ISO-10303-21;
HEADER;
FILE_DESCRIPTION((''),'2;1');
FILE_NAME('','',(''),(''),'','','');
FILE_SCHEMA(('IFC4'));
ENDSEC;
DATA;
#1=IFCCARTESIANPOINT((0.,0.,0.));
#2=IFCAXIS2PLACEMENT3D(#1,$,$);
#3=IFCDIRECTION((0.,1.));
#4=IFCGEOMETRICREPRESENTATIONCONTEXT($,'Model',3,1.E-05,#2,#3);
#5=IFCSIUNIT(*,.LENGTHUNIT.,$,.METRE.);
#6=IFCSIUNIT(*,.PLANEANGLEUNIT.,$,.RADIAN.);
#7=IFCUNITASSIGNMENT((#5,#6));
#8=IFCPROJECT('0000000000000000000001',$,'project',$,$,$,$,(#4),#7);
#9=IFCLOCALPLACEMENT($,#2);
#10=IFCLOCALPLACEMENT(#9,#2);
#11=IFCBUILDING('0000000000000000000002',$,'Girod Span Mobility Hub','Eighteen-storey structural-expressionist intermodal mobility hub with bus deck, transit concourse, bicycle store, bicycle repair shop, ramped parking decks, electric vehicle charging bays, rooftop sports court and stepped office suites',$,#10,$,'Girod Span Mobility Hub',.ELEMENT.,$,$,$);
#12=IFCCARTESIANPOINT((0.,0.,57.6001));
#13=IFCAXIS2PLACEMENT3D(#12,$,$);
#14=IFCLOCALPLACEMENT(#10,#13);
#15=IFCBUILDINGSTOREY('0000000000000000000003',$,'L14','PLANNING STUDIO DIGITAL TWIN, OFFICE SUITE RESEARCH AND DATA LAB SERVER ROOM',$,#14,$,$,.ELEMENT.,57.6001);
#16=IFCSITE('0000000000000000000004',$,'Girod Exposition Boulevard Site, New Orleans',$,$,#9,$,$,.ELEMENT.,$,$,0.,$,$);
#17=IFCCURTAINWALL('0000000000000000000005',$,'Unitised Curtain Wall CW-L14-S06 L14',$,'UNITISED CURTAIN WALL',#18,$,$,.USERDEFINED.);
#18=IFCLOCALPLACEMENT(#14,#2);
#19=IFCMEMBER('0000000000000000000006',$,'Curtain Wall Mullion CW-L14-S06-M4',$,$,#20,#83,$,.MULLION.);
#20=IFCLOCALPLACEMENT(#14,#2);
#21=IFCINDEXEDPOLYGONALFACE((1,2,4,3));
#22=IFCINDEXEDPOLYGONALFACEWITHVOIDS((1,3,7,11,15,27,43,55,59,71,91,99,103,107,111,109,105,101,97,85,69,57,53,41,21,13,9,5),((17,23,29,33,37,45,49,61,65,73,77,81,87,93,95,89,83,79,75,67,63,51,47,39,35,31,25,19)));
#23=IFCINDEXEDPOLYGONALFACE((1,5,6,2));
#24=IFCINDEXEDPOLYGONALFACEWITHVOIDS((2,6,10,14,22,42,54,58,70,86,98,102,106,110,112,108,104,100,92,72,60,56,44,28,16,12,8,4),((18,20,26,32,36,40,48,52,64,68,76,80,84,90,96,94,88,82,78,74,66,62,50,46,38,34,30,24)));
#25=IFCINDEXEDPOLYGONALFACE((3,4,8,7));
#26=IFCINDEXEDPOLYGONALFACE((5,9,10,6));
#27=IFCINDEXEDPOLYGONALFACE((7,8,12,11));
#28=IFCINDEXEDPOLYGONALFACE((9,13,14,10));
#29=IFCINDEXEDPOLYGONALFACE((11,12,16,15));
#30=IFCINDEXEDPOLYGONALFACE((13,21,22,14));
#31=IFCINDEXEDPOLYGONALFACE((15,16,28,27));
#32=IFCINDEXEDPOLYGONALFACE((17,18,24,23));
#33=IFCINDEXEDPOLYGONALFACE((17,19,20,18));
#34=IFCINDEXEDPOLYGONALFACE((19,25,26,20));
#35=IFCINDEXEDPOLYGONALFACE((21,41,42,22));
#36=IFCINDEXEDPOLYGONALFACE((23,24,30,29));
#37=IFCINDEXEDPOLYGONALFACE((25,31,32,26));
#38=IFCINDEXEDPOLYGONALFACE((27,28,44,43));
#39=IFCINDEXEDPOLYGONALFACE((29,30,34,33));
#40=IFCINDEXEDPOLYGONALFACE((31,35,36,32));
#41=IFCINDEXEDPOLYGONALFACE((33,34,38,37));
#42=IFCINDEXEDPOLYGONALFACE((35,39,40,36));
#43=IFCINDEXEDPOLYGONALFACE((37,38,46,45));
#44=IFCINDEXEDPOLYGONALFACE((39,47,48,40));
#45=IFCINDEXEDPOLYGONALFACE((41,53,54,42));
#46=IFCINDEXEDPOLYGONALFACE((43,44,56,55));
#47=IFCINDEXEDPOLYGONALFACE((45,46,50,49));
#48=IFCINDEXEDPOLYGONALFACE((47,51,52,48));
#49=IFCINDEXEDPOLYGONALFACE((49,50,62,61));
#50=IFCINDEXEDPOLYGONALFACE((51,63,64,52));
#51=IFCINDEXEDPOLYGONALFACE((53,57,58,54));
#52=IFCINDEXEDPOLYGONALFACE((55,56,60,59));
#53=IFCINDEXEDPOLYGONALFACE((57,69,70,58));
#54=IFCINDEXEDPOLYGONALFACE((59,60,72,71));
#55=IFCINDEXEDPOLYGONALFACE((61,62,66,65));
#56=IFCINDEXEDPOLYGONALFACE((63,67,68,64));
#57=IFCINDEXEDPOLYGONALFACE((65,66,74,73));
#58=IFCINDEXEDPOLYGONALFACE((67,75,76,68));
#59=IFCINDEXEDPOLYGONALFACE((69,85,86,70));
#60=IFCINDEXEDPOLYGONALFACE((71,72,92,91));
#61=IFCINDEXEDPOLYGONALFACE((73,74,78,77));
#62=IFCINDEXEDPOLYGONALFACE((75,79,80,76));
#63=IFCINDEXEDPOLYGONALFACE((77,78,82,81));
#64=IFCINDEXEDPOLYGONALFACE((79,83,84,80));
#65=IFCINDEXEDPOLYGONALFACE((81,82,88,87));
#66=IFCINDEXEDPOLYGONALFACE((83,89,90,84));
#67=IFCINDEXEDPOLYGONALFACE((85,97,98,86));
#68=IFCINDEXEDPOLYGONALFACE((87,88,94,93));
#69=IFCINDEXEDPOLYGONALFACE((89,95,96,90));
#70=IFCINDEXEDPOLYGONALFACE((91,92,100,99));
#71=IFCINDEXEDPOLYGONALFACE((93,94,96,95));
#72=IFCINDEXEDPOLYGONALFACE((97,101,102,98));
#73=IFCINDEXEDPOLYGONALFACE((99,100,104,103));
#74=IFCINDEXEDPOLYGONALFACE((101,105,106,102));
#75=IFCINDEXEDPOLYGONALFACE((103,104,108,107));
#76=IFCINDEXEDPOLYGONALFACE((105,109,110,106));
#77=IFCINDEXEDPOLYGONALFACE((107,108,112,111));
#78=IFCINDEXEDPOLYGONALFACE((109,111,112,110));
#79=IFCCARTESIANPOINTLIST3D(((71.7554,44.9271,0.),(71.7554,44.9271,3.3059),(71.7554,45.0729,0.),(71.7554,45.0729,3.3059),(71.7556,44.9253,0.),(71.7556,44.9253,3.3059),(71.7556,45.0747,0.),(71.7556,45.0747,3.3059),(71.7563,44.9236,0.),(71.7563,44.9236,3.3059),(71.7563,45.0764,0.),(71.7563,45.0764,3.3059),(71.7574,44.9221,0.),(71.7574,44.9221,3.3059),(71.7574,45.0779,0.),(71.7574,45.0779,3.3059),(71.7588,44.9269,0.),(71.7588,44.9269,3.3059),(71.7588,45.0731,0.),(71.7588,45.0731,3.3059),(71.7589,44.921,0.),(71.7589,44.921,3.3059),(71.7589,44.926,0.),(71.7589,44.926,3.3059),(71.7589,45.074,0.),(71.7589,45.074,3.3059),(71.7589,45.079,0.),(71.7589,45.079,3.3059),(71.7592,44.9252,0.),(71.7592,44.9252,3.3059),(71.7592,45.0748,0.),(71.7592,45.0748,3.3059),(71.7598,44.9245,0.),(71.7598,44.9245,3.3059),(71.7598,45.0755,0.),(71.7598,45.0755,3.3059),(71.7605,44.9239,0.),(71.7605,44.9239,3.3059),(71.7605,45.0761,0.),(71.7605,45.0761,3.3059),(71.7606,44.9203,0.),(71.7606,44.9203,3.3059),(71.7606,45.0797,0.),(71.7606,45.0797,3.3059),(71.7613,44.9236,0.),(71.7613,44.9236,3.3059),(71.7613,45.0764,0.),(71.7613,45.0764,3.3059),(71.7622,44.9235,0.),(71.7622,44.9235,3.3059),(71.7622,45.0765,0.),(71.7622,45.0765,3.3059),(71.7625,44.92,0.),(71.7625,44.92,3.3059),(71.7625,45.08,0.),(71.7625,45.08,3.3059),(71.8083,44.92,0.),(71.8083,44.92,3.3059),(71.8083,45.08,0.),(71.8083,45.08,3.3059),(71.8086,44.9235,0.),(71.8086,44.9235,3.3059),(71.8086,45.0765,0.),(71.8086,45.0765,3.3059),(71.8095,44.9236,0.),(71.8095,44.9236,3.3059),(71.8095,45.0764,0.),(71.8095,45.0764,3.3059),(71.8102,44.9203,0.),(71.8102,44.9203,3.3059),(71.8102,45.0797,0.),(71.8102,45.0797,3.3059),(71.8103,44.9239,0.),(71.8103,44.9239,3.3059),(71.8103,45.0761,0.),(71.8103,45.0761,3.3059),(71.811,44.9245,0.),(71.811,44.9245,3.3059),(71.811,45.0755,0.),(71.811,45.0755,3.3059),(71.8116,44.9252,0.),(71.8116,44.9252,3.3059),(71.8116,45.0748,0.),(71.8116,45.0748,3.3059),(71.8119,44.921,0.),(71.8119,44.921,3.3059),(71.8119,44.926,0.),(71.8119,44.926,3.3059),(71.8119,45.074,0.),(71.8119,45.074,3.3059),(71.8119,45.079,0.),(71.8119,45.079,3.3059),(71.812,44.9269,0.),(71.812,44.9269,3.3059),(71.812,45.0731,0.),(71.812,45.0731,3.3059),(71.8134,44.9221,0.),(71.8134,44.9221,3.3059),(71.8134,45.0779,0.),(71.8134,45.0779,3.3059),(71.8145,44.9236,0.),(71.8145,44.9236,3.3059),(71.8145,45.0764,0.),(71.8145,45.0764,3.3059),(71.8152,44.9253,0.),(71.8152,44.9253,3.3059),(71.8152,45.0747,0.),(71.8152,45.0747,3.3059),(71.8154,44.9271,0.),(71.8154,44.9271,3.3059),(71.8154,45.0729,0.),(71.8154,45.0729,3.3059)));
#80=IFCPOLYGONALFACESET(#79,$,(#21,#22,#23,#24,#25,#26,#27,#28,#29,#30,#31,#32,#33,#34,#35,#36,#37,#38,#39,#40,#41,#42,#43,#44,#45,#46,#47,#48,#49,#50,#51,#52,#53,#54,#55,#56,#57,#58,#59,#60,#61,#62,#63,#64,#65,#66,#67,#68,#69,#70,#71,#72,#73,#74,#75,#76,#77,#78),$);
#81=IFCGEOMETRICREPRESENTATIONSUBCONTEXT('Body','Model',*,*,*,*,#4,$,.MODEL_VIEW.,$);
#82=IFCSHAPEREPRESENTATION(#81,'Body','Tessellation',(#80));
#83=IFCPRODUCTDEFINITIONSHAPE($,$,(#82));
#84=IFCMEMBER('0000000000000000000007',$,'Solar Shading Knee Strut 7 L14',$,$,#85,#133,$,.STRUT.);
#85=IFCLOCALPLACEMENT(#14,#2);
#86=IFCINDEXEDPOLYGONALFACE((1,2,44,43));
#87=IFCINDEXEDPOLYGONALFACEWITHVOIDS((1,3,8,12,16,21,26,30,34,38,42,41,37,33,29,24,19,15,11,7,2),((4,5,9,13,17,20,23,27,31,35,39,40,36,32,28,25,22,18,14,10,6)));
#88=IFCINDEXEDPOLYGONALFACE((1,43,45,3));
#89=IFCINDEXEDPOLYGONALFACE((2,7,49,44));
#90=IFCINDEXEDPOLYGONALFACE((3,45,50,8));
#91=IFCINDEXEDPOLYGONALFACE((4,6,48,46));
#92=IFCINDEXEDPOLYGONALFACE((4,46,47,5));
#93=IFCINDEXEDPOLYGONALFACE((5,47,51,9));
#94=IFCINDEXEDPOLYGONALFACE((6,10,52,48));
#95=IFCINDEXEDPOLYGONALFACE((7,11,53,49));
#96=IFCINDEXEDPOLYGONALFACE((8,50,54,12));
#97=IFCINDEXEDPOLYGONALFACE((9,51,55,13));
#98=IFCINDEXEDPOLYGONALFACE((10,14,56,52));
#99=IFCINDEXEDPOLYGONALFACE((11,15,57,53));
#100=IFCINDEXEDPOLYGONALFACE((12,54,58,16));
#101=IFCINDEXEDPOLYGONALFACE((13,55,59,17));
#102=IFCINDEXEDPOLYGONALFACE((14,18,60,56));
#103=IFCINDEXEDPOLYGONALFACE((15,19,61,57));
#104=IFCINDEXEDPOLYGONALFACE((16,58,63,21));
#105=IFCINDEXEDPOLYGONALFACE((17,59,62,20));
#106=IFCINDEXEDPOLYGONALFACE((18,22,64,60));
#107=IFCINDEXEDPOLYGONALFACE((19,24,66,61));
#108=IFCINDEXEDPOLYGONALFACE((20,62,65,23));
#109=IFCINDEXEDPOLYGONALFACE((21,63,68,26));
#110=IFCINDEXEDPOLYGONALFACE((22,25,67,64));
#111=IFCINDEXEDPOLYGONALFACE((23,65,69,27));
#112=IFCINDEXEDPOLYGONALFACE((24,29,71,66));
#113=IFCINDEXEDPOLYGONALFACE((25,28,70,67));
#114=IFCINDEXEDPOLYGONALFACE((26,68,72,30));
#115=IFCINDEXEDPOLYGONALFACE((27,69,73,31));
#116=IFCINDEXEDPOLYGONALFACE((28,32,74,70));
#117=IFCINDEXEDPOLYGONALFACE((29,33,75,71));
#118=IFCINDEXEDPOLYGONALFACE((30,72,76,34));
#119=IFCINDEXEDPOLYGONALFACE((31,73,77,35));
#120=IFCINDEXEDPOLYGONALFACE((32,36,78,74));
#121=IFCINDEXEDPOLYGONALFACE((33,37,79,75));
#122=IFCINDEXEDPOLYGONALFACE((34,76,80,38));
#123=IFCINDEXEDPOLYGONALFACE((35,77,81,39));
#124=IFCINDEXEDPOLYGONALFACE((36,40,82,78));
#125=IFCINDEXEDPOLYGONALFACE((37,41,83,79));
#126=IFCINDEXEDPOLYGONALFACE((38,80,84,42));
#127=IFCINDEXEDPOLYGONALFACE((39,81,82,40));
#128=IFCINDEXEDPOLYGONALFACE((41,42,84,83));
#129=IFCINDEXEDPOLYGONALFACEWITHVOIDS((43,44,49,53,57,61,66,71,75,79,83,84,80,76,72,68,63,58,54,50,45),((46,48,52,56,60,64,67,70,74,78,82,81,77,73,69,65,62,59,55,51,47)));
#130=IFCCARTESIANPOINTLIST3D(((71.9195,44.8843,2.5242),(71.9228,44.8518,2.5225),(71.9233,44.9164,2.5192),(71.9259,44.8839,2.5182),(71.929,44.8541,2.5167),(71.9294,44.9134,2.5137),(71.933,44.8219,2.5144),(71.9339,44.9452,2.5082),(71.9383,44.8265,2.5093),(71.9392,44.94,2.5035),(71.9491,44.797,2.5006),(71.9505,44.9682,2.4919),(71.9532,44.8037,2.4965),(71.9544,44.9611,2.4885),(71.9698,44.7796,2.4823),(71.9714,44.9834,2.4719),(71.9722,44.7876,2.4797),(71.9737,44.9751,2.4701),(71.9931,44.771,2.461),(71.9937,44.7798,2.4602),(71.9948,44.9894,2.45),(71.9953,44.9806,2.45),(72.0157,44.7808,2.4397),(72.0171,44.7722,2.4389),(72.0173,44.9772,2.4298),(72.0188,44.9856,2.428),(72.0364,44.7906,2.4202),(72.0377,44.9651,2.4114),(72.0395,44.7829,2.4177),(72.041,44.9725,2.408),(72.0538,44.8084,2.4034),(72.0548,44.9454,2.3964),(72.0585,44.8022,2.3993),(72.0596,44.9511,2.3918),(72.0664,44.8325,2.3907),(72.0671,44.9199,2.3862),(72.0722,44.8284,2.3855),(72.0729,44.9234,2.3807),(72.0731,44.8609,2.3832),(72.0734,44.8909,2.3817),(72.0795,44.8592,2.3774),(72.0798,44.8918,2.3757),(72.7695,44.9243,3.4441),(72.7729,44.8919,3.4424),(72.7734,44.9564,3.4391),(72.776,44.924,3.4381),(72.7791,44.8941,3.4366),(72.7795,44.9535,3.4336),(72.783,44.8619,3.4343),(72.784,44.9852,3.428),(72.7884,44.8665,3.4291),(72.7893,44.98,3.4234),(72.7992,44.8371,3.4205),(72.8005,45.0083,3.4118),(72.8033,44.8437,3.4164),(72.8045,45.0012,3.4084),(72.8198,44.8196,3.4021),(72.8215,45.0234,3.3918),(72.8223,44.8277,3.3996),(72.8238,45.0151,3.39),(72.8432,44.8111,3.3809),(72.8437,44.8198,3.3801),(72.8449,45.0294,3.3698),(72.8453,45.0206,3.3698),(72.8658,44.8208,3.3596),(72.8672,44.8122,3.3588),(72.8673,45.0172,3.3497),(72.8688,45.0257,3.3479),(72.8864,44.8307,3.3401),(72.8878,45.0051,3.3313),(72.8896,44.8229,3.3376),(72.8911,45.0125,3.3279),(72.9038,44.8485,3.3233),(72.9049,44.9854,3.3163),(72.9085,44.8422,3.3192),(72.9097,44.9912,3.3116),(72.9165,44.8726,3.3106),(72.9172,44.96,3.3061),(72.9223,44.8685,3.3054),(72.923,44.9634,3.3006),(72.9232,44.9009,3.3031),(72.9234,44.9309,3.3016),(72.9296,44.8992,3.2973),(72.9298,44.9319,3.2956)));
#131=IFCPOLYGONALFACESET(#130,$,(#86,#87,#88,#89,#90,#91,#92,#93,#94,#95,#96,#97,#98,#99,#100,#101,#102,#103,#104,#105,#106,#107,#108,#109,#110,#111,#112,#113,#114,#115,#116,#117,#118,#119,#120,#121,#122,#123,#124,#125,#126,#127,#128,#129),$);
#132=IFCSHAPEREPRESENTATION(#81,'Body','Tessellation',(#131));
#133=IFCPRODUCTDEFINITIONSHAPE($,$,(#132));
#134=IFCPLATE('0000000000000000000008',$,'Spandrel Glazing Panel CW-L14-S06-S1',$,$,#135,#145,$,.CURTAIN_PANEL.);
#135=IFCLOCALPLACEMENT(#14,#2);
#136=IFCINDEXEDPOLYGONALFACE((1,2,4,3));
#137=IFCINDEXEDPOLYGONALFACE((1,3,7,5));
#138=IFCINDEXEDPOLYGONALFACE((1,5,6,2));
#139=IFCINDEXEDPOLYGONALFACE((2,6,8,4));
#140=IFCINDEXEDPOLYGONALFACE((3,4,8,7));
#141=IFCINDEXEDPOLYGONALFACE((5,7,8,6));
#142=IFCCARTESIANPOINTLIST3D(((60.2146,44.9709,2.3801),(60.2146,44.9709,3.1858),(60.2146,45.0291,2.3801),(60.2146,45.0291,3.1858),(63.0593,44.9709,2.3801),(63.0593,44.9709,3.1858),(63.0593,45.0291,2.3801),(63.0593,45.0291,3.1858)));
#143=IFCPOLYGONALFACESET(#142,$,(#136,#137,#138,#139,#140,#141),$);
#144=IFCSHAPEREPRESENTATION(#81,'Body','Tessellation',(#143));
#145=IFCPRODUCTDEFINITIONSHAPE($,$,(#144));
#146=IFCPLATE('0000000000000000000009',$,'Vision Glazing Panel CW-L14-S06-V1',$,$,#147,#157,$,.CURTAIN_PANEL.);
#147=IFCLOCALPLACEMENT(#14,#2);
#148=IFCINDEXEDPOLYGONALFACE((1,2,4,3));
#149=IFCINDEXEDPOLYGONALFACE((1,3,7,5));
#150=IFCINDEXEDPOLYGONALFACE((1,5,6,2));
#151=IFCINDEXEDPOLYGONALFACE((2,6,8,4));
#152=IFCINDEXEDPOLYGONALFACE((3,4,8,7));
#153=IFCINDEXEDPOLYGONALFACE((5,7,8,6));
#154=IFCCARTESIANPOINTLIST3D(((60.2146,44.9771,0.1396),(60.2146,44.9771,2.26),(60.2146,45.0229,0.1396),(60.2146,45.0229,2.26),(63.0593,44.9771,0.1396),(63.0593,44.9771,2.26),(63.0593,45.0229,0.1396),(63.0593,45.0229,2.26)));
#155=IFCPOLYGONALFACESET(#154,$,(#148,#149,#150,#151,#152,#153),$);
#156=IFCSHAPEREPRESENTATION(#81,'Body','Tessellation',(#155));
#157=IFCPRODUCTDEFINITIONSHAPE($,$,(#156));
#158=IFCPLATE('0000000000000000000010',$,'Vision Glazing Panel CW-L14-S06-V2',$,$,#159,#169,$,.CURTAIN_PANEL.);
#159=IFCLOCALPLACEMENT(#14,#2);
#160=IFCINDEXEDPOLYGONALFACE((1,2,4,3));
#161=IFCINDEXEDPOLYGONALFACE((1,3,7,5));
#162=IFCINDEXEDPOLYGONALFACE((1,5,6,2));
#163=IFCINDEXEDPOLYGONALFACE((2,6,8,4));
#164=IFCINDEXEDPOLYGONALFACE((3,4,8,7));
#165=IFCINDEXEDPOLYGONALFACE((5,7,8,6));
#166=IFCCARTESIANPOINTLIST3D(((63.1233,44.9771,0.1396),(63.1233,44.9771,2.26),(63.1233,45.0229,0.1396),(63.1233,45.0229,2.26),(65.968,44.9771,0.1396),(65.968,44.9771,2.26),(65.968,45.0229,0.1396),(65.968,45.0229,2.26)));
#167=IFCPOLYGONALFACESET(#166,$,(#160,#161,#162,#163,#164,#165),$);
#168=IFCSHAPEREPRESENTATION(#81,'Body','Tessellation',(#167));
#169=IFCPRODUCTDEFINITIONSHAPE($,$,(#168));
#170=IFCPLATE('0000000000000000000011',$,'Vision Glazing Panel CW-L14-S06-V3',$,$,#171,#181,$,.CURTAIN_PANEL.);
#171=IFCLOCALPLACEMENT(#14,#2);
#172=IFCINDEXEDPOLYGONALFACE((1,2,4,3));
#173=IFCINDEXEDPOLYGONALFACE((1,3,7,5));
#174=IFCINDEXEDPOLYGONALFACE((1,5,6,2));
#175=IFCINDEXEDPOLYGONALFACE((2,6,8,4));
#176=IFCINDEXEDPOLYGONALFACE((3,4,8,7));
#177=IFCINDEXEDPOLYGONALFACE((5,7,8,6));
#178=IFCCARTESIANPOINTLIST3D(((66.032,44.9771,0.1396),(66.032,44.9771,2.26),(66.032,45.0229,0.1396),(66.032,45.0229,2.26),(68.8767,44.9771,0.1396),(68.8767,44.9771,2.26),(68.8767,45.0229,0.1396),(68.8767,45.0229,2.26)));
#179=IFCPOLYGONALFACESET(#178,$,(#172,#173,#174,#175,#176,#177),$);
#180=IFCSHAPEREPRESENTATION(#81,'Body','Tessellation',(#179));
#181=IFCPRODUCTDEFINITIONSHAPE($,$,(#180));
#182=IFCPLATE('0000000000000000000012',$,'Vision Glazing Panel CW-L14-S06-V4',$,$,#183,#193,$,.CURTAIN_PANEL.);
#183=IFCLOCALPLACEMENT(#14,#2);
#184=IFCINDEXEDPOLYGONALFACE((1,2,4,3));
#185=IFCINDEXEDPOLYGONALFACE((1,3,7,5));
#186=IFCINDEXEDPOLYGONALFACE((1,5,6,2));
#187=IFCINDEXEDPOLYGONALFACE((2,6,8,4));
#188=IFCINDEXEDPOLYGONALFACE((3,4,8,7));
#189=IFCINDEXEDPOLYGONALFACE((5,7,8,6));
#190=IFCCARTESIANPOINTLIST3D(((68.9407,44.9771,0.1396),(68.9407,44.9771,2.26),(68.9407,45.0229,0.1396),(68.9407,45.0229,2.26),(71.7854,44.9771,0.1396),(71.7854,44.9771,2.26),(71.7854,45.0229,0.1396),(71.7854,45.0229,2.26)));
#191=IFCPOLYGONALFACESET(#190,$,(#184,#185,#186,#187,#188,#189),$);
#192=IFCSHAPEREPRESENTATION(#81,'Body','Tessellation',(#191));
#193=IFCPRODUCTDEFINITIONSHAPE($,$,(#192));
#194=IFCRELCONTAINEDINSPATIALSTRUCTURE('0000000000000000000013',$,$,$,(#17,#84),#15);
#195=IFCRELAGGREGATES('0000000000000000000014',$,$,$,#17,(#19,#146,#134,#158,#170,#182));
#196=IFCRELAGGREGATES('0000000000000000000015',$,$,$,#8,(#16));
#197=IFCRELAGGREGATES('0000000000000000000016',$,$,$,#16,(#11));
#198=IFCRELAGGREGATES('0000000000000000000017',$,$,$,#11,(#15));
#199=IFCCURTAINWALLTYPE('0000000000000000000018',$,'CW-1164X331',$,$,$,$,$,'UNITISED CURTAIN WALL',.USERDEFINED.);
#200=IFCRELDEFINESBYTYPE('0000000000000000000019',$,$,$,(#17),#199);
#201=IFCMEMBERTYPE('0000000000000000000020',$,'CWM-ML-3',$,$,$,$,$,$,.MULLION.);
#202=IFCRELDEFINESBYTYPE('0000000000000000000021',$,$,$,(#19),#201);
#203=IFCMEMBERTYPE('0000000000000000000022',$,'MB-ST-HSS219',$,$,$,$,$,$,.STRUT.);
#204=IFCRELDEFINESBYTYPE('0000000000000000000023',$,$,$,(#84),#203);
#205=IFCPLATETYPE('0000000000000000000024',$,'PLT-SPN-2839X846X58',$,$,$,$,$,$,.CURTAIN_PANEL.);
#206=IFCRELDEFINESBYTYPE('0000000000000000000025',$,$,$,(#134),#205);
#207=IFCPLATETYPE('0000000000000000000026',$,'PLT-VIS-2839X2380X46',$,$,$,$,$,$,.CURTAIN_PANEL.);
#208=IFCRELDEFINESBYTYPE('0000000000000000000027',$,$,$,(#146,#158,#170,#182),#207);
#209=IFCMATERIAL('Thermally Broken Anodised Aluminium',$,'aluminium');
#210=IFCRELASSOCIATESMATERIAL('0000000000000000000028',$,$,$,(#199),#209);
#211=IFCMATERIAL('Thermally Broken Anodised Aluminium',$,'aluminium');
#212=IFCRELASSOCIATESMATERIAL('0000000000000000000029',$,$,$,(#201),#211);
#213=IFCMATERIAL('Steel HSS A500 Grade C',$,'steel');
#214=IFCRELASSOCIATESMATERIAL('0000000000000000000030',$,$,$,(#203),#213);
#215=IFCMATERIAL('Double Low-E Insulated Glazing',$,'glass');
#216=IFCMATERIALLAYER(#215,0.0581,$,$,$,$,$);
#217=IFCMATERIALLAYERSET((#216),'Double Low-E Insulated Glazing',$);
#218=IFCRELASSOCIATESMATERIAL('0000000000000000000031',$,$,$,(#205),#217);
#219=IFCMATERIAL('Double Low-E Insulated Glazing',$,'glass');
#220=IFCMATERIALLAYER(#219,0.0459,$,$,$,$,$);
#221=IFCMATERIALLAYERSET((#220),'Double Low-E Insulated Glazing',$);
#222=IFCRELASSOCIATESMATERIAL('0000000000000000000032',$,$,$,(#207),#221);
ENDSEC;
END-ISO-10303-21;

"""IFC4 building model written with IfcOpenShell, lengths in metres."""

from ifc_helpers import new_model, si_unit, direction, frame, origin, origin_2d, place, context, subcontext, project, spatial, rectangle, hollow_rectangle, hollow_circle, extrude, material, layer, layer_set, material_profile, profile_set, type_object, element, aggregate, save


model = new_model("IFC4")

# Units and contexts
model_context = context("Model", 3, precision=1e-05, world=origin(), true_north=direction((0.0, 1.0)))
body_context = subcontext(model_context, "Body", "Model", "MODEL_VIEW")
ifc_project = project(units=[si_unit("LENGTHUNIT", "METRE"), si_unit("PLANEANGLEUNIT", "RADIAN")], contexts=[model_context])

# Site, building, storey
site_placement = place(None, origin())
site = spatial("IfcSite", under=ifc_project, at=site_placement, Name="Girod Exposition Boulevard Site, New Orleans", CompositionType="ELEMENT", RefElevation=0.0)
building_placement = place(site_placement, origin())
building = spatial("IfcBuilding", under=site, at=building_placement, Name="Girod Span Mobility Hub", Description="Eighteen-storey structural-expressionist intermodal mobility hub with bus deck, transit concourse, bicycle store, bicycle repair shop, ramped parking decks, electric vehicle charging bays, rooftop sports court and stepped office suites", LongName="Girod Span Mobility Hub", CompositionType="ELEMENT")
storey_placement = place(building_placement, frame((0.0, 0.0, 57.6001)))
storey = spatial("IfcBuildingStorey", under=building, at=storey_placement, Name="L14", Description="PLANNING STUDIO DIGITAL TWIN, OFFICE SUITE RESEARCH AND DATA LAB SERVER ROOM", CompositionType="ELEMENT", Elevation=57.6001)

# Curtain wall, member
ifc_material_1 = material(Name="Thermally Broken Anodised Aluminium", Category="aluminium")
curtain_wall_type = type_object("IfcCurtainWallType", Name="CW-1164X331", ElementType="UNITISED CURTAIN WALL", PredefinedType="USERDEFINED", material=ifc_material_1)
curtain_wall_placement = place(storey_placement, origin())
curtain_wall = element("IfcCurtainWall", 1, at=curtain_wall_placement, inside=storey, type_object=curtain_wall_type, Name="Unitised Curtain Wall CW-L14-S06 L14", ObjectType="UNITISED CURTAIN WALL", PredefinedType="USERDEFINED")
ifc_material_2 = material(Name="Thermally Broken Anodised Aluminium", Category="aluminium")
ifc_material_profile_1 = material_profile(ifc_material_2, hollow_rectangle(XDim=0.1599, YDim=0.0601, WallThickness=0.0034, InnerFilletRadius=0.0034, OuterFilletRadius=0.0071, at=origin_2d()), Name="CW-ML-60X160")
ifc_profile_set_1 = profile_set([ifc_material_profile_1], Name="Thermally Broken Anodised Aluminium")
member_type_1 = type_object("IfcMemberType", Name="CWM-ML-3", PredefinedType="MULLION", material=ifc_profile_set_1)
member_1_placement = place(storey_placement, frame((71.7854, 45.0, 0.0), z_axis=(0.0, 0.0, 1.0), x_axis=(0.0, 1.0, 0.0)))
member_1 = element("IfcMember", 2, at=member_1_placement, type_object=member_type_1, Name="Curtain Wall Mullion CW-L14-S06-M4", PredefinedType="MULLION", context=body_context, shape_type="SweptSolid", body=[
    extrude(hollow_rectangle(XDim=0.1599, YDim=0.0601, WallThickness=0.0034, InnerFilletRadius=0.0034, OuterFilletRadius=0.0071, at=origin_2d()), origin(), (0.0, 0.0, 1.0), 3.3059),
])

# Member
ifc_material_3 = material(Name="Steel HSS A500 Grade C", Category="steel")
ifc_material_profile_2 = material_profile(ifc_material_3, hollow_circle(Radius=0.1096, WallThickness=0.0088, at=origin_2d()), Name="HSS219X9.5")
ifc_profile_set_2 = profile_set([ifc_material_profile_2], Name="Steel HSS A500 Grade C")
member_type_2 = type_object("IfcMemberType", Name="MB-ST-HSS219", PredefinedType="STRUT", material=ifc_profile_set_2)
member_2_placement = place(storey_placement, frame((72.0, 44.8799, 2.45), z_axis=(0.678338, 0.031949, 0.734055), x_axis=(-0.047047, 0.998893, 0.0)))
element("IfcMember", 3, at=member_2_placement, inside=storey, type_object=member_type_2, Name="Solar Shading Knee Strut 7 L14", PredefinedType="STRUT", context=body_context, shape_type="SweptSolid", body=[
    extrude(hollow_circle(Radius=0.1096, WallThickness=0.0088, at=origin_2d()), origin(), (0.0, 0.0, 1.0), 1.2532),
])

# Plates
ifc_material_4 = material(Name="Double Low-E Insulated Glazing", Category="glass")
ifc_layer_1 = layer(ifc_material_4, 0.0581)
ifc_layer_set_1 = layer_set([ifc_layer_1], Name="Double Low-E Insulated Glazing")
plate_type_1 = type_object("IfcPlateType", Name="PLT-SPN-2839X846X58", PredefinedType="CURTAIN_PANEL", material=ifc_layer_set_1)
plate_1_placement = place(storey_placement, frame((61.637, 45.0, 2.3801), z_axis=(0.0, 0.0, 1.0), x_axis=(1.0, 0.0, 0.0)))
plate_1 = element("IfcPlate", 4, at=plate_1_placement, type_object=plate_type_1, Name="Spandrel Glazing Panel CW-L14-S06-S1", PredefinedType="CURTAIN_PANEL", context=body_context, shape_type="SweptSolid", body=[
    extrude(rectangle(XDim=2.8447, YDim=0.0581, at=origin_2d()), origin(), (0.0, 0.0, 1.0), 0.8057),
])
ifc_material_5 = material(Name="Double Low-E Insulated Glazing", Category="glass")
ifc_layer_2 = layer(ifc_material_5, 0.0459)
ifc_layer_set_2 = layer_set([ifc_layer_2], Name="Double Low-E Insulated Glazing")
plate_type_2 = type_object("IfcPlateType", Name="PLT-VIS-2839X2380X46", PredefinedType="CURTAIN_PANEL", material=ifc_layer_set_2)
plate_2_placement = place(storey_placement, frame((61.637, 45.0, 0.1396), z_axis=(0.0, 0.0, 1.0), x_axis=(1.0, 0.0, 0.0)))
plate_2 = element("IfcPlate", 5, at=plate_2_placement, type_object=plate_type_2, Name="Vision Glazing Panel CW-L14-S06-V1", PredefinedType="CURTAIN_PANEL", context=body_context, shape_type="SweptSolid", body=[
    extrude(rectangle(XDim=2.8447, YDim=0.0459, at=origin_2d()), origin(), (0.0, 0.0, 1.0), 2.1204),
])
plate_3_placement = place(storey_placement, frame((64.5457, 45.0, 0.1396), z_axis=(0.0, 0.0, 1.0), x_axis=(1.0, 0.0, 0.0)))
plate_3 = element("IfcPlate", 6, at=plate_3_placement, type_object=plate_type_2, Name="Vision Glazing Panel CW-L14-S06-V2", PredefinedType="CURTAIN_PANEL", context=body_context, shape_type="SweptSolid", body=[
    extrude(rectangle(XDim=2.8447, YDim=0.0459, at=origin_2d()), origin(), (0.0, 0.0, 1.0), 2.1204),
])
plate_4_placement = place(storey_placement, frame((67.4543, 45.0, 0.1396), z_axis=(0.0, 0.0, 1.0), x_axis=(1.0, 0.0, 0.0)))
plate_4 = element("IfcPlate", 7, at=plate_4_placement, type_object=plate_type_2, Name="Vision Glazing Panel CW-L14-S06-V3", PredefinedType="CURTAIN_PANEL", context=body_context, shape_type="SweptSolid", body=[
    extrude(rectangle(XDim=2.8447, YDim=0.0459, at=origin_2d()), origin(), (0.0, 0.0, 1.0), 2.1204),
])
plate_5_placement = place(storey_placement, frame((70.363, 45.0, 0.1396), z_axis=(0.0, 0.0, 1.0), x_axis=(1.0, 0.0, 0.0)))
plate_5 = element("IfcPlate", 8, at=plate_5_placement, type_object=plate_type_2, Name="Vision Glazing Panel CW-L14-S06-V4", PredefinedType="CURTAIN_PANEL", context=body_context, shape_type="SweptSolid", body=[
    extrude(rectangle(XDim=2.8447, YDim=0.0459, at=origin_2d()), origin(), (0.0, 0.0, 1.0), 2.1204),
])
aggregate(curtain_wall, [member_1, plate_2, plate_1, plate_3, plate_4, plate_5])

save(model, "model.ifc")
